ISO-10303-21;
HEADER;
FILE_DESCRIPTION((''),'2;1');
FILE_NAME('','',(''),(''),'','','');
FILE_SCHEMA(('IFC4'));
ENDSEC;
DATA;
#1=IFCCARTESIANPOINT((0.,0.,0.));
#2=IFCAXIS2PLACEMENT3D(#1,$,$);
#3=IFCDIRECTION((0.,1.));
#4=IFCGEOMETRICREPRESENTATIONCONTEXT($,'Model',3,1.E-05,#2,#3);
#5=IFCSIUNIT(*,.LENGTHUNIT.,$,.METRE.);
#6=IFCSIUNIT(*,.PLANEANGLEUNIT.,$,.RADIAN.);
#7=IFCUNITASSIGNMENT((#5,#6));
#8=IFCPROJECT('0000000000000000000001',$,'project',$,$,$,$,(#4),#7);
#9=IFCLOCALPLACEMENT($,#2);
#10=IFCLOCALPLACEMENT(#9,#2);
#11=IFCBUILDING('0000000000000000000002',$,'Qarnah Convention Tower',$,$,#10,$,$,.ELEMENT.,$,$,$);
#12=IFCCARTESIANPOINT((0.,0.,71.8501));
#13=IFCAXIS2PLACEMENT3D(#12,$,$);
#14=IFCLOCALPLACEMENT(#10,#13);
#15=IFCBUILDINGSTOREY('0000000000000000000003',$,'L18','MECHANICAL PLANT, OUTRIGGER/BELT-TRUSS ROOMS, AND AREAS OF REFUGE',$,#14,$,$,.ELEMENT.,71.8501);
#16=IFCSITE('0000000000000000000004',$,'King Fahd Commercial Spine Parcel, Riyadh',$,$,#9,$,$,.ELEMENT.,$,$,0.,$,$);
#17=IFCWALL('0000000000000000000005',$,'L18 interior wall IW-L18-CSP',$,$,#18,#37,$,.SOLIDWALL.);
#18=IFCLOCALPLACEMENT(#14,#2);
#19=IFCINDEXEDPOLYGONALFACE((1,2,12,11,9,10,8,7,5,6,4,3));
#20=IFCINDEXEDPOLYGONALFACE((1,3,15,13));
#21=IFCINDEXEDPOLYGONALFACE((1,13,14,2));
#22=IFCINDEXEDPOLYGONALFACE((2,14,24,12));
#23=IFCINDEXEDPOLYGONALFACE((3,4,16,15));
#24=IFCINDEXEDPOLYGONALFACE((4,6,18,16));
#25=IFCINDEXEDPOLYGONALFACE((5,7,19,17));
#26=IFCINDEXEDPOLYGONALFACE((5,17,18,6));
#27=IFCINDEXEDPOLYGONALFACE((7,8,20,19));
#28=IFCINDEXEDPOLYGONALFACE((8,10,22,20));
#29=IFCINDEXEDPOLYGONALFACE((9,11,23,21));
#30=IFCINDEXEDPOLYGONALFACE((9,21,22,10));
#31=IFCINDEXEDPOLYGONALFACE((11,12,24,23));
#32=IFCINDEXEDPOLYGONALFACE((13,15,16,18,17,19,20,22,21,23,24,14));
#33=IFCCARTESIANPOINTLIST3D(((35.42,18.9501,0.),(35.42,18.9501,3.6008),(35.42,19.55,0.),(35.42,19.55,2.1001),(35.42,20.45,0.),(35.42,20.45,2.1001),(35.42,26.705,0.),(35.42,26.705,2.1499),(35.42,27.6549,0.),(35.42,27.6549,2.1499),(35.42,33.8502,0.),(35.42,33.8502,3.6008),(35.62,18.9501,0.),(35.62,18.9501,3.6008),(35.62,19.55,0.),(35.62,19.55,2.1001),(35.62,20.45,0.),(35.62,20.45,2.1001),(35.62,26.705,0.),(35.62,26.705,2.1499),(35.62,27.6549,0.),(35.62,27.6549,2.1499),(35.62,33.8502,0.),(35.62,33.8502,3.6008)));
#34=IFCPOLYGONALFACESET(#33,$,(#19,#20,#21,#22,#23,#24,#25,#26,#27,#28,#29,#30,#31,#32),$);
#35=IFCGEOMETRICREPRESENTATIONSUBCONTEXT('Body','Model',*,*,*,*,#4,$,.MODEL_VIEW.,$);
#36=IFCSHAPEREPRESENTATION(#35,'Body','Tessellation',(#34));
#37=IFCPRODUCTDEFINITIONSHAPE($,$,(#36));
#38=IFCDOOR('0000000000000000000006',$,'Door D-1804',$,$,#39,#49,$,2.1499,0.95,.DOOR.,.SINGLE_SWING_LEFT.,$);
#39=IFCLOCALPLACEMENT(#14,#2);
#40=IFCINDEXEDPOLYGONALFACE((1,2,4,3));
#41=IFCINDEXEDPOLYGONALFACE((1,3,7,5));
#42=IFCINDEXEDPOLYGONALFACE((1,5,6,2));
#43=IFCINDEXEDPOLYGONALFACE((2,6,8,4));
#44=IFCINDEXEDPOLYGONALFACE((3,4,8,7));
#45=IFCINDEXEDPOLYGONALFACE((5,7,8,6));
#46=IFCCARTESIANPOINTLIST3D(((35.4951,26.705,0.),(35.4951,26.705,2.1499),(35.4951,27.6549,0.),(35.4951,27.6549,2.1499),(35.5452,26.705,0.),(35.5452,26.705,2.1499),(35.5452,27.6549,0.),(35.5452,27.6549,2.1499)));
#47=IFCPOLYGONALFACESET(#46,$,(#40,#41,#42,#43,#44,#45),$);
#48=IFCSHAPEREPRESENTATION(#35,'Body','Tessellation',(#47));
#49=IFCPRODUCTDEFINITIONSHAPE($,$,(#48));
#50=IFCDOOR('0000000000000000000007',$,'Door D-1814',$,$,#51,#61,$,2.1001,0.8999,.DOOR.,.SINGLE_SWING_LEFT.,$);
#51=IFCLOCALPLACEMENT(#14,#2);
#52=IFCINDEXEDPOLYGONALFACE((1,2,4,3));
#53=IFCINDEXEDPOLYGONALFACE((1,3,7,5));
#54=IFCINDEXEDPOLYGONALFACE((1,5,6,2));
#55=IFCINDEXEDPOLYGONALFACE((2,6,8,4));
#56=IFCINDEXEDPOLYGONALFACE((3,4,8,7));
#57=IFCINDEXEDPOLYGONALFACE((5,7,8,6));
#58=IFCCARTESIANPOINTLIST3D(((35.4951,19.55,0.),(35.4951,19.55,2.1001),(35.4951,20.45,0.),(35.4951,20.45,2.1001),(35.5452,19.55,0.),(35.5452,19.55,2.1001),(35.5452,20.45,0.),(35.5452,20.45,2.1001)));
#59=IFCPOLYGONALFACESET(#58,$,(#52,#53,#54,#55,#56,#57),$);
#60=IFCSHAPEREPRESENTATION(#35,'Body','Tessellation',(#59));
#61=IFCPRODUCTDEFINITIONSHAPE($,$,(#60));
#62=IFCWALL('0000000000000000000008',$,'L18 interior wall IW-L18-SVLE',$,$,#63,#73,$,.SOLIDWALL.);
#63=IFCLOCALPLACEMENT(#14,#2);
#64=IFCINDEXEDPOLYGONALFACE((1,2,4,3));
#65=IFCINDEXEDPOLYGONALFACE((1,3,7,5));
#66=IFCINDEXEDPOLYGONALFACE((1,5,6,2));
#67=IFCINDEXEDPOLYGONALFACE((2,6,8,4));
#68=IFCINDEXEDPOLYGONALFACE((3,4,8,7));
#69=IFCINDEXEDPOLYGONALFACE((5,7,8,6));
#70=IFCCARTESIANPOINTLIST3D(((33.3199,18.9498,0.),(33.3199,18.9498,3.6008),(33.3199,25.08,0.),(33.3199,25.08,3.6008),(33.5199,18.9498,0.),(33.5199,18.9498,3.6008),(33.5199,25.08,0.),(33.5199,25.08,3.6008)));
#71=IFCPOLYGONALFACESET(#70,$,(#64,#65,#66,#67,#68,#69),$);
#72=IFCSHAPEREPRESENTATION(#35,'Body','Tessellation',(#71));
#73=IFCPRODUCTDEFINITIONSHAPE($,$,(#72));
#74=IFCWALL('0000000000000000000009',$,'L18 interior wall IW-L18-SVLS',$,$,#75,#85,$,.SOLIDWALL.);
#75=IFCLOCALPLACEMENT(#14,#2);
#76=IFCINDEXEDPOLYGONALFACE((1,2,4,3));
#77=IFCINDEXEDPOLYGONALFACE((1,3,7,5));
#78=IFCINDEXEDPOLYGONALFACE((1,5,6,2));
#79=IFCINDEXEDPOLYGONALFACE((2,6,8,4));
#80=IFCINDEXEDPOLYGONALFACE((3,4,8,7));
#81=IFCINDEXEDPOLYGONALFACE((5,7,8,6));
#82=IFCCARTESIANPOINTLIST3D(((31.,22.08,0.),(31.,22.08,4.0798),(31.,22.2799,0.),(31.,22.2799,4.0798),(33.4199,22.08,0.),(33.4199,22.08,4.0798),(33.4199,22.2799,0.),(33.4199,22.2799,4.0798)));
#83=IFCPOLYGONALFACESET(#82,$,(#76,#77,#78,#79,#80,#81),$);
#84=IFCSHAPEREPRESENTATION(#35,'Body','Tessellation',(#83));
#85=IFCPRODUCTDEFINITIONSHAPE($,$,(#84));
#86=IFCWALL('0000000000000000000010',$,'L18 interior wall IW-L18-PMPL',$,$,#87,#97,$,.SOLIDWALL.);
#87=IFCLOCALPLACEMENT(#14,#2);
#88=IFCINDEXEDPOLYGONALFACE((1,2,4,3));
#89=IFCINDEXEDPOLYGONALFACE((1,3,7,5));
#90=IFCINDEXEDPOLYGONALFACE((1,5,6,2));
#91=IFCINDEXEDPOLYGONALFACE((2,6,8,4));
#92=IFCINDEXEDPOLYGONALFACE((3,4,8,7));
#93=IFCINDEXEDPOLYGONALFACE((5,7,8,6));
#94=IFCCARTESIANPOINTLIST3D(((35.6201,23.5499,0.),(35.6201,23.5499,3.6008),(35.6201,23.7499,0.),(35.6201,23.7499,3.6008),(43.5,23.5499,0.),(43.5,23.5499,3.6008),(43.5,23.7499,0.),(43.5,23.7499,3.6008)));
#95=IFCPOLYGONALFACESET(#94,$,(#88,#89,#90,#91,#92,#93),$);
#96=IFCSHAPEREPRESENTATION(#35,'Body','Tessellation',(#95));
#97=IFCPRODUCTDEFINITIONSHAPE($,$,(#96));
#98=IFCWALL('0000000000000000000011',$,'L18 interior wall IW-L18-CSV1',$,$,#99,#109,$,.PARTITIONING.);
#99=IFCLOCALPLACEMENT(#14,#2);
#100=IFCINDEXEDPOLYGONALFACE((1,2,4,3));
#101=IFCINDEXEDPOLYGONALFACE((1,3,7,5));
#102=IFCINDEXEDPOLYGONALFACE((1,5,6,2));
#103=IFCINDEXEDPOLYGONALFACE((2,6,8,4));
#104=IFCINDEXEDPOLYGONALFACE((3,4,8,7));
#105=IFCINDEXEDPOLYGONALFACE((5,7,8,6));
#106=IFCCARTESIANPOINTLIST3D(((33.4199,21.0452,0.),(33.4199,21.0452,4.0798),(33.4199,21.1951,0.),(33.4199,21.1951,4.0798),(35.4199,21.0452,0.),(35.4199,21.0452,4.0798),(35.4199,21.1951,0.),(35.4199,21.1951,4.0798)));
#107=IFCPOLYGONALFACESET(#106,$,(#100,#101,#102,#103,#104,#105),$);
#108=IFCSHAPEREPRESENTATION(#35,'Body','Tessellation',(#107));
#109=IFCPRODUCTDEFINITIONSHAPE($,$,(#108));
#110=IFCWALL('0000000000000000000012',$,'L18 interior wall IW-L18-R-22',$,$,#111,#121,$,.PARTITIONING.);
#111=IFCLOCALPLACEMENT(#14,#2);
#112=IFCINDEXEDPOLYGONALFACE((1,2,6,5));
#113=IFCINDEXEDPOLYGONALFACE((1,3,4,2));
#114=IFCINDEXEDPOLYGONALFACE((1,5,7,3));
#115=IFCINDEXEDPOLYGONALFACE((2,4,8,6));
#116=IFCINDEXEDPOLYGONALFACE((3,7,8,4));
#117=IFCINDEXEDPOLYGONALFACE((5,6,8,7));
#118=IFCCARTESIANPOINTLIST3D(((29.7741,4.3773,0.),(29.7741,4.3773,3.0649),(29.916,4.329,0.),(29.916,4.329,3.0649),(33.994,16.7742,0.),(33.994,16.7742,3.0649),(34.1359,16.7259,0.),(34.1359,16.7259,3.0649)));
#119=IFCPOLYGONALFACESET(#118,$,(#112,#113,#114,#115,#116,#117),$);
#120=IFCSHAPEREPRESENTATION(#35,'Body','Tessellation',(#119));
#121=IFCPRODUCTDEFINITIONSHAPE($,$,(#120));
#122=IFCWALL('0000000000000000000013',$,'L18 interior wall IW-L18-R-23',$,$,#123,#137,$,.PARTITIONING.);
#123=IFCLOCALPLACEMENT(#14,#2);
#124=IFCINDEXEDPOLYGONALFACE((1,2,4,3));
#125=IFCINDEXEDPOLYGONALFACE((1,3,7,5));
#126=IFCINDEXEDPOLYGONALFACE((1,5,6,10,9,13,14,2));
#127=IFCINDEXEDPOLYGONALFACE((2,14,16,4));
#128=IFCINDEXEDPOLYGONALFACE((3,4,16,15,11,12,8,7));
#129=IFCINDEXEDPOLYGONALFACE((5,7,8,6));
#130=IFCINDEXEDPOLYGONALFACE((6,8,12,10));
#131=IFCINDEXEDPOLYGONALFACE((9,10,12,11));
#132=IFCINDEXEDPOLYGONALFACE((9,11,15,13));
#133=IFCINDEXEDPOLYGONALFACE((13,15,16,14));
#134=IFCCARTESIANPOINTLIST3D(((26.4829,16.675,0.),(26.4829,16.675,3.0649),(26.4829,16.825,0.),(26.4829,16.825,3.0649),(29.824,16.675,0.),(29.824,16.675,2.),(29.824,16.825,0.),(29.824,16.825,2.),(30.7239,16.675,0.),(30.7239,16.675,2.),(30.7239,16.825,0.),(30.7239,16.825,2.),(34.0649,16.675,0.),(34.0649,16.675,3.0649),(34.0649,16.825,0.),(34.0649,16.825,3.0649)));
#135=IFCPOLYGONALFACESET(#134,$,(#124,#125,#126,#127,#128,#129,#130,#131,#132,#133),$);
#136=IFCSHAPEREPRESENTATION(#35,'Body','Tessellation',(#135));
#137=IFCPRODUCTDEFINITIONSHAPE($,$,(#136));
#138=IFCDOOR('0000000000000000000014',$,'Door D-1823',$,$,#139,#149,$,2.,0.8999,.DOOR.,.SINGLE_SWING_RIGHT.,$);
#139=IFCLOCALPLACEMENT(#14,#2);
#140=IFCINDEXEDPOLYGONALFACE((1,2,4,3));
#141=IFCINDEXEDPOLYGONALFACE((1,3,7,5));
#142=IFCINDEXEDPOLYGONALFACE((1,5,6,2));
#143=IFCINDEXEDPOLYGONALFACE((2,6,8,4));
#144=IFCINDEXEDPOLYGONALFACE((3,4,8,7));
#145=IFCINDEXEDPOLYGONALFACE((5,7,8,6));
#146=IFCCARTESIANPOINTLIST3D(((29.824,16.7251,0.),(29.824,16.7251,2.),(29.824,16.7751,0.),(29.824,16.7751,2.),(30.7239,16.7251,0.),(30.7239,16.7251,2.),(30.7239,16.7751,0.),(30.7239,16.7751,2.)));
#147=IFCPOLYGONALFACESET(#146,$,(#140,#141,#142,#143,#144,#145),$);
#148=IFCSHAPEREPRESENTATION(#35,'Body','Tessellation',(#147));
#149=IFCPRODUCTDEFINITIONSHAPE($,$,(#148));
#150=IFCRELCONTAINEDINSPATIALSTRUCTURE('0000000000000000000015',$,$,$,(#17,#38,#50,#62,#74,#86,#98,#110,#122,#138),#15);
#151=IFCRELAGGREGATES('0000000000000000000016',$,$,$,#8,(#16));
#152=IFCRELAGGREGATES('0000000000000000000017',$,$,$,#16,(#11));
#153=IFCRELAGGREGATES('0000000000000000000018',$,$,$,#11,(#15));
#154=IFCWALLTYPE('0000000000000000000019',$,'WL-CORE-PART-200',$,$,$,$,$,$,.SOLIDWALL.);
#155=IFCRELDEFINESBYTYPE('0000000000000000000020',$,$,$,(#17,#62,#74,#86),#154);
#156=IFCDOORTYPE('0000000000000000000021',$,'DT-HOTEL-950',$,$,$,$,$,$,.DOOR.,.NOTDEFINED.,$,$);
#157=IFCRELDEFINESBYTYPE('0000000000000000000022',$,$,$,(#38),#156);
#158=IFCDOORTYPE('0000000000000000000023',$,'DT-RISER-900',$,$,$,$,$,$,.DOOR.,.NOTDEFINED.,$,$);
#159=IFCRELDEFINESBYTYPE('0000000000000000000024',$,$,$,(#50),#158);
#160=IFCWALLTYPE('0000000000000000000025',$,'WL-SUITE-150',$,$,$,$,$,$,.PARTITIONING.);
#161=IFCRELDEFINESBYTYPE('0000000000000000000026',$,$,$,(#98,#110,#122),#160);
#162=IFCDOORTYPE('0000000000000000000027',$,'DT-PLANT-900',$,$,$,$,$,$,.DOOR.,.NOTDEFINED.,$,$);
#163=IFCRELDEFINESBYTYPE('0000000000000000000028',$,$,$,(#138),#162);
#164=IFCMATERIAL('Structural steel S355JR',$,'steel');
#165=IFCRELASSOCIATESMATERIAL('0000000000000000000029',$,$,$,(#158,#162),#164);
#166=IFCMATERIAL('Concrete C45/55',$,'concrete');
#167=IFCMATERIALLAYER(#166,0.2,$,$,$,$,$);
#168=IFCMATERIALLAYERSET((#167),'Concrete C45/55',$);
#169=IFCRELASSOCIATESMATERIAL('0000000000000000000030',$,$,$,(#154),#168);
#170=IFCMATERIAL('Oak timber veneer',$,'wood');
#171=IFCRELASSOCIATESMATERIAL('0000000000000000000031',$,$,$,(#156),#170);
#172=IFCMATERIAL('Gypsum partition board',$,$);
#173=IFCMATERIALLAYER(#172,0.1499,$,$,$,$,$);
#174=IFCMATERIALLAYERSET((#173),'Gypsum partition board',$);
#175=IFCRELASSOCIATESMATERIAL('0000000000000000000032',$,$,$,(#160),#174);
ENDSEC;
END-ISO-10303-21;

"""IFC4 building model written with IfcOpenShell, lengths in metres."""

from ifc_helpers import new_model, si_unit, direction, frame, frame_2d, origin, place, context, subcontext, project, spatial, rectangle, extrude, material, layer, layer_set, type_object, element, fill, save


model = new_model("IFC4")

# Units and contexts
model_context = context("Model", 3, precision=1e-05, world=origin(), true_north=direction((0.0, 1.0)))
body_context = subcontext(model_context, "Body", "Model", "MODEL_VIEW")
ifc_project = project(units=[si_unit("LENGTHUNIT", "METRE"), si_unit("PLANEANGLEUNIT", "RADIAN")], contexts=[model_context])

# Site, building, storey
site_placement = place(None, origin())
site = spatial("IfcSite", under=ifc_project, at=site_placement, Name="King Fahd Commercial Spine Parcel, Riyadh", CompositionType="ELEMENT", RefElevation=0.0)
building_placement = place(site_placement, origin())
building = spatial("IfcBuilding", under=site, at=building_placement, Name="Qarnah Convention Tower", CompositionType="ELEMENT")
storey_placement = place(building_placement, frame((0.0, 0.0, 71.8501)))
storey = spatial("IfcBuildingStorey", under=building, at=storey_placement, Name="L18", Description="MECHANICAL PLANT, OUTRIGGER/BELT-TRUSS ROOMS, AND AREAS OF REFUGE", CompositionType="ELEMENT", Elevation=71.8501)

# Shared definitions
ifc_material_1 = material(Name="Structural steel S355JR", Category="steel")

# Wall, openings, doors
door_type_1 = type_object("IfcDoorType", Name="DT-RISER-900", OperationType="NOTDEFINED", PredefinedType="DOOR", material=ifc_material_1)
ifc_material_2 = material(Name="Concrete C45/55", Category="concrete")
ifc_layer_1 = layer(ifc_material_2, 0.2)
ifc_layer_set_1 = layer_set([ifc_layer_1], Name="Concrete C45/55")
wall_type_1 = type_object("IfcWallType", Name="WL-CORE-PART-200", PredefinedType="SOLIDWALL", material=ifc_layer_set_1)
wall_1_placement = place(storey_placement, frame((35.52, 18.95, 0.0), z_axis=(0.0, 0.0, 1.0), x_axis=(0.0, 1.0, 0.0)))
wall_1 = element("IfcWall", 1, at=wall_1_placement, inside=storey, type_object=wall_type_1, Name="L18 interior wall IW-L18-CSP", PredefinedType="SOLIDWALL", context=body_context, shape_type="SweptSolid", body=[
    extrude(rectangle(XDim=14.9001, YDim=0.2, at=frame_2d((7.4502, 0.0))), origin(), (0.0, 0.0, 1.0), 3.6008),
])
opening_1_placement = place(wall_1_placement, frame((7.7549, 0.0, 0.0)))
opening_1 = element("IfcOpeningElement", 2, at=opening_1_placement, cuts=wall_1, PredefinedType="OPENING", context=body_context, shape_type="SweptSolid", body=[
    extrude(rectangle(XDim=0.95, YDim=2.1499, at=frame_2d((0.4751, 1.075))), frame((0.0, 0.1099, 0.0), z_axis=(0.0, -1.0, 0.0), x_axis=(1.0, 0.0, 0.0)), (0.0, 0.0, 1.0), 0.22),
])
opening_2_placement = place(wall_1_placement, frame((0.6001, 0.0, 0.0)))
opening_2 = element("IfcOpeningElement", 3, at=opening_2_placement, cuts=wall_1, PredefinedType="OPENING", context=body_context, shape_type="SweptSolid", body=[
    extrude(rectangle(XDim=0.8999, YDim=2.1001, at=frame_2d((0.45, 1.05))), frame((0.0, 0.1099, 0.0), z_axis=(0.0, -1.0, 0.0), x_axis=(1.0, 0.0, 0.0)), (0.0, 0.0, 1.0), 0.22),
])
ifc_material_3 = material(Name="Oak timber veneer", Category="wood")
door_type_2 = type_object("IfcDoorType", Name="DT-HOTEL-950", OperationType="NOTDEFINED", PredefinedType="DOOR", material=ifc_material_3)
door_1_placement = place(opening_1_placement, origin())
door_1 = element("IfcDoor", 4, at=door_1_placement, inside=storey, type_object=door_type_2, Name="Door D-1804", OperationType="SINGLE_SWING_LEFT", OverallHeight=2.1499, OverallWidth=0.95, PredefinedType="DOOR", context=body_context, shape_type="SweptSolid", body=[
    extrude(rectangle(XDim=0.95, YDim=2.1499, at=frame_2d((0.4751, 1.075))), frame((0.0, 0.0249, 0.0), z_axis=(0.0, -1.0, 0.0), x_axis=(1.0, 0.0, 0.0)), (0.0, 0.0, 1.0), 0.05),
])
fill(opening_1, door_1)
door_2_placement = place(opening_2_placement, origin())
door_2 = element("IfcDoor", 5, at=door_2_placement, inside=storey, type_object=door_type_1, Name="Door D-1814", OperationType="SINGLE_SWING_LEFT", OverallHeight=2.1001, OverallWidth=0.8999, PredefinedType="DOOR", context=body_context, shape_type="SweptSolid", body=[
    extrude(rectangle(XDim=0.8999, YDim=2.1001, at=frame_2d((0.45, 1.05))), frame((0.0, 0.0249, 0.0), z_axis=(0.0, -1.0, 0.0), x_axis=(1.0, 0.0, 0.0)), (0.0, 0.0, 1.0), 0.05),
])
fill(opening_2, door_2)

# Walls
wall_2_placement = place(storey_placement, frame((33.4199, 18.95, 0.0), z_axis=(0.0, 0.0, 1.0), x_axis=(0.0, 1.0, 0.0)))
element("IfcWall", 6, at=wall_2_placement, inside=storey, type_object=wall_type_1, Name="L18 interior wall IW-L18-SVLE", PredefinedType="SOLIDWALL", context=body_context, shape_type="SweptSolid", body=[
    extrude(rectangle(XDim=6.1301, YDim=0.2, at=frame_2d((3.0649, 0.0))), origin(), (0.0, 0.0, 1.0), 3.6008),
])
wall_3_placement = place(storey_placement, frame((31.0, 22.1799, 0.0), z_axis=(0.0, 0.0, 1.0), x_axis=(1.0, 0.0, 0.0)))
element("IfcWall", 7, at=wall_3_placement, inside=storey, type_object=wall_type_1, Name="L18 interior wall IW-L18-SVLS", PredefinedType="SOLIDWALL", context=body_context, shape_type="SweptSolid", body=[
    extrude(rectangle(XDim=2.4199, YDim=0.2, at=frame_2d((1.21, 0.0))), origin(), (0.0, 0.0, 1.0), 4.0798),
])
wall_4_placement = place(storey_placement, frame((35.6201, 23.6499, 0.0), z_axis=(0.0, 0.0, 1.0), x_axis=(1.0, 0.0, 0.0)))
element("IfcWall", 8, at=wall_4_placement, inside=storey, type_object=wall_type_1, Name="L18 interior wall IW-L18-PMPL", PredefinedType="SOLIDWALL", context=body_context, shape_type="SweptSolid", body=[
    extrude(rectangle(XDim=7.8799, YDim=0.2, at=frame_2d((3.9399, 0.0))), origin(), (0.0, 0.0, 1.0), 3.6008),
])

# Walls
ifc_material_4 = material(Name="Gypsum partition board")
ifc_layer_2 = layer(ifc_material_4, 0.1499)
ifc_layer_set_2 = layer_set([ifc_layer_2], Name="Gypsum partition board")
wall_type_2 = type_object("IfcWallType", Name="WL-SUITE-150", PredefinedType="PARTITIONING", material=ifc_layer_set_2)
wall_5_placement = place(storey_placement, frame((33.4199, 21.1201, 0.0), z_axis=(0.0, 0.0, 1.0), x_axis=(1.0, 0.0, 0.0)))
element("IfcWall", 9, at=wall_5_placement, inside=storey, type_object=wall_type_2, Name="L18 interior wall IW-L18-CSV1", PredefinedType="PARTITIONING", context=body_context, shape_type="SweptSolid", body=[
    extrude(rectangle(XDim=2.0, YDim=0.1499, at=frame_2d((1.0, 0.0))), origin(), (0.0, 0.0, 1.0), 4.0798),
])
wall_6_placement = place(storey_placement, frame((29.845, 4.353, 0.0), z_axis=(0.0, 0.0, 1.0), x_axis=(0.322245, 0.946656, 0.0)))
element("IfcWall", 10, at=wall_6_placement, inside=storey, type_object=wall_type_2, Name="L18 interior wall IW-L18-R-22", PredefinedType="PARTITIONING", context=body_context, shape_type="SweptSolid", body=[
    extrude(rectangle(XDim=13.0955, YDim=0.1499, at=frame_2d((6.5479, 0.0))), origin(), (0.0, 0.0, 1.0), 3.0649),
])

# Wall, opening, door
wall_7_placement = place(storey_placement, frame((34.0649, 16.75, 0.0), z_axis=(0.0, 0.0, 1.0), x_axis=(-1.0, 0.0, 0.0)))
wall_7 = element("IfcWall", 11, at=wall_7_placement, inside=storey, type_object=wall_type_2, Name="L18 interior wall IW-L18-R-23", PredefinedType="PARTITIONING", context=body_context, shape_type="SweptSolid", body=[
    extrude(rectangle(XDim=7.582, YDim=0.1499, at=frame_2d((3.791, 0.0))), origin(), (0.0, 0.0, 1.0), 3.0649),
])
opening_3_placement = place(wall_7_placement, frame((3.3411, 0.0, 0.0)))
opening_3 = element("IfcOpeningElement", 12, at=opening_3_placement, cuts=wall_7, PredefinedType="OPENING", context=body_context, shape_type="SweptSolid", body=[
    extrude(rectangle(XDim=0.8999, YDim=2.0, at=frame_2d((0.45, 1.0))), frame((0.0, 0.085, 0.0), z_axis=(0.0, -1.0, 0.0), x_axis=(1.0, 0.0, 0.0)), (0.0, 0.0, 1.0), 0.1699),
])
door_type_3 = type_object("IfcDoorType", Name="DT-PLANT-900", OperationType="NOTDEFINED", PredefinedType="DOOR", material=ifc_material_1)
door_3_placement = place(opening_3_placement, origin())
door_3 = element("IfcDoor", 13, at=door_3_placement, inside=storey, type_object=door_type_3, Name="Door D-1823", OperationType="SINGLE_SWING_RIGHT", OverallHeight=2.0, OverallWidth=0.8999, PredefinedType="DOOR", context=body_context, shape_type="SweptSolid", body=[
    extrude(rectangle(XDim=0.8999, YDim=2.0, at=frame_2d((0.45, 1.0))), frame((0.0, 0.0249, 0.0), z_axis=(0.0, -1.0, 0.0), x_axis=(1.0, 0.0, 0.0)), (0.0, 0.0, 1.0), 0.05),
])
fill(opening_3, door_3)

save(model, "model.ifc")
